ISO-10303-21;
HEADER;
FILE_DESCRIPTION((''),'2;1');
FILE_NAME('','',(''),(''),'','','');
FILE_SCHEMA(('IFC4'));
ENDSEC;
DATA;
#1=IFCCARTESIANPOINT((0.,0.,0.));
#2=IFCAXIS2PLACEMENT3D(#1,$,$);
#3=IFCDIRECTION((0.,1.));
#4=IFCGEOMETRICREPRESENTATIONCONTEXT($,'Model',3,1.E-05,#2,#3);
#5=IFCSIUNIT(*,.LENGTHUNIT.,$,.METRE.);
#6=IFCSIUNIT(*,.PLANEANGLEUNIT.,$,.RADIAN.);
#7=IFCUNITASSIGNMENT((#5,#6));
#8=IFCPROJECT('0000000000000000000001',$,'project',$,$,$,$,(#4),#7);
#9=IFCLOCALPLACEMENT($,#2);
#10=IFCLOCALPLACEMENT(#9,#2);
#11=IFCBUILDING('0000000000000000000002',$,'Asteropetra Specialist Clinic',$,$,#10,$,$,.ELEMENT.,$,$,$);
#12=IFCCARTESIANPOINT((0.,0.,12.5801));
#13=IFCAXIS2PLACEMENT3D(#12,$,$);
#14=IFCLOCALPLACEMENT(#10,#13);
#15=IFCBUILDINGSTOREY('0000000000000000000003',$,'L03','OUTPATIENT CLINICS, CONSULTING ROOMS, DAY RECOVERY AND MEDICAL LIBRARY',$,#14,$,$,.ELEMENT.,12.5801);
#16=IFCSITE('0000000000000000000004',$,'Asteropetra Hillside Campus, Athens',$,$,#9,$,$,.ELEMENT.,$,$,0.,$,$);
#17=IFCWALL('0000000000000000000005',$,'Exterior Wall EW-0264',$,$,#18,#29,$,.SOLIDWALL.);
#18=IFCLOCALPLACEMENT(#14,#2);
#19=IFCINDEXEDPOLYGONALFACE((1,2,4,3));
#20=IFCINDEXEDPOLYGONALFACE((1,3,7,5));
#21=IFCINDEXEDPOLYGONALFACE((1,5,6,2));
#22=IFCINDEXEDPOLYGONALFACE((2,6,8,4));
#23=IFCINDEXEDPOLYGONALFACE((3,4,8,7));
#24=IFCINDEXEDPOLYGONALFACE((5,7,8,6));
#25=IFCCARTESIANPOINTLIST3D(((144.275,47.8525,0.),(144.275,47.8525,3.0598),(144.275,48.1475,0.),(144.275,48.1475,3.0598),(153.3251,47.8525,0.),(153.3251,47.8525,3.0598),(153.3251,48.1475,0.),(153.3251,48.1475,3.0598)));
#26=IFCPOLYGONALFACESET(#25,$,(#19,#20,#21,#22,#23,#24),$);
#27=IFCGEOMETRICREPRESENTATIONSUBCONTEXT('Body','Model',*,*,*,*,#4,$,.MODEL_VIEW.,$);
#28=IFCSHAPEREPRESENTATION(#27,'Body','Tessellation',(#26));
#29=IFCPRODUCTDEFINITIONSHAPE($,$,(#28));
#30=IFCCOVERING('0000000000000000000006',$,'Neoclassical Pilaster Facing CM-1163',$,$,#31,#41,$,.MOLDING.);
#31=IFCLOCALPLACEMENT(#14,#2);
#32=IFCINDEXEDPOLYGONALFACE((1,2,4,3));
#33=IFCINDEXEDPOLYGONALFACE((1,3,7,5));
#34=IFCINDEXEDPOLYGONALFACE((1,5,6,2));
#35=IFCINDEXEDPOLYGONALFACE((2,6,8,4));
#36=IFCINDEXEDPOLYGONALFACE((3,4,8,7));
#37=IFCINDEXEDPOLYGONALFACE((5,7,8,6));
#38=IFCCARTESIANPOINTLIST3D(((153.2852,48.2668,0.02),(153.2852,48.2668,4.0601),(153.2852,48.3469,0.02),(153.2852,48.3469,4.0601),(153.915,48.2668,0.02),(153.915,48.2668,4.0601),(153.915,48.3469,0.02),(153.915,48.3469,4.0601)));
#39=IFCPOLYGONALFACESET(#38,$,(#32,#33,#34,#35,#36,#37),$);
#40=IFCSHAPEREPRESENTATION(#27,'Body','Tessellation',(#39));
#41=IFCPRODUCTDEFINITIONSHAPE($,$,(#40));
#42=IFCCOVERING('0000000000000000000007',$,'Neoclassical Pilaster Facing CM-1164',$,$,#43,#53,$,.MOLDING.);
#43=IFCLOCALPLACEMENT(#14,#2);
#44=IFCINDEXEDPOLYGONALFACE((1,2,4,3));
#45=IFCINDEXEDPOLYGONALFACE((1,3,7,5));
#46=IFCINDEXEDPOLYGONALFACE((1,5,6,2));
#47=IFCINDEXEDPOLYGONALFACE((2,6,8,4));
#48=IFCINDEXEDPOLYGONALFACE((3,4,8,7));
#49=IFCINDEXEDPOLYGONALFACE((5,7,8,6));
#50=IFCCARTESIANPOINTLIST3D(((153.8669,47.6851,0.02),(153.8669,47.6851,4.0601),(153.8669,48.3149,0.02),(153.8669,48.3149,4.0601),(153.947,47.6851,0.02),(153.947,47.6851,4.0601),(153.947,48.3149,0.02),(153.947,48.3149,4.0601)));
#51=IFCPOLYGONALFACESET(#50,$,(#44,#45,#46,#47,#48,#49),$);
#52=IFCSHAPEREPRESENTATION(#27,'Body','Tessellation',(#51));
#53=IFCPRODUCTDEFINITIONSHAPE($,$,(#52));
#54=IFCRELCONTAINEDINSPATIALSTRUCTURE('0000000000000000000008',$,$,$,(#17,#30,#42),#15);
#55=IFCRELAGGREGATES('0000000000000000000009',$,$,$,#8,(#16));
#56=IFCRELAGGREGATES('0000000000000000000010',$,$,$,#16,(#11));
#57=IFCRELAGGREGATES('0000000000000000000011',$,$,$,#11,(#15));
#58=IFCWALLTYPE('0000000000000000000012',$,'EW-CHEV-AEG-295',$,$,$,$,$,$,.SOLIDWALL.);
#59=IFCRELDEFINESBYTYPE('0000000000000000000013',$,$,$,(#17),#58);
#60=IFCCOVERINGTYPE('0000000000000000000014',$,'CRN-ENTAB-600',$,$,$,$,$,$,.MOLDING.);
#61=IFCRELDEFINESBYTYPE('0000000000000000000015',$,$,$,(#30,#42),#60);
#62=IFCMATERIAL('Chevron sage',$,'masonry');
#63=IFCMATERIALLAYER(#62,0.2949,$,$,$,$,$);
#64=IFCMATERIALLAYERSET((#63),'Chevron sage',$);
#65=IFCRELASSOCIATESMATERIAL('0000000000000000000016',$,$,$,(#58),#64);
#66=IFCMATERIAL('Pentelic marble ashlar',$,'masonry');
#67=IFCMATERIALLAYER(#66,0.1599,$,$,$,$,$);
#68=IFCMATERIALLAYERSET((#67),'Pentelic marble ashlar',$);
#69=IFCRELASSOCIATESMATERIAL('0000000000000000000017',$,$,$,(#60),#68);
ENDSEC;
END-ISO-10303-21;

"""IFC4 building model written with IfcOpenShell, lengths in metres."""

from ifc_helpers import new_model, si_unit, direction, frame, frame_2d, origin, origin_2d, place, context, subcontext, project, spatial, rectangle, extrude, material, layer, layer_set, type_object, element, save


model = new_model("IFC4")

# Units and contexts
model_context = context("Model", 3, precision=1e-05, world=origin(), true_north=direction((0.0, 1.0)))
body_context = subcontext(model_context, "Body", "Model", "MODEL_VIEW")
ifc_project = project(units=[si_unit("LENGTHUNIT", "METRE"), si_unit("PLANEANGLEUNIT", "RADIAN")], contexts=[model_context])

# Site, building, storey
site_placement = place(None, origin())
site = spatial("IfcSite", under=ifc_project, at=site_placement, Name="Asteropetra Hillside Campus, Athens", CompositionType="ELEMENT", RefElevation=0.0)
building_placement = place(site_placement, origin())
building = spatial("IfcBuilding", under=site, at=building_placement, Name="Asteropetra Specialist Clinic", CompositionType="ELEMENT")
storey_placement = place(building_placement, frame((0.0, 0.0, 12.5801)))
storey = spatial("IfcBuildingStorey", under=building, at=storey_placement, Name="L03", Description="OUTPATIENT CLINICS, CONSULTING ROOMS, DAY RECOVERY AND MEDICAL LIBRARY", CompositionType="ELEMENT", Elevation=12.5801)

# Wall
ifc_material_1 = material(Name="Chevron sage", Category="masonry")
ifc_layer_1 = layer(ifc_material_1, 0.2949)
ifc_layer_set_1 = layer_set([ifc_layer_1], Name="Chevron sage")
wall_type = type_object("IfcWallType", Name="EW-CHEV-AEG-295", PredefinedType="SOLIDWALL", material=ifc_layer_set_1)
wall_placement = place(storey_placement, frame((153.325, 48.0, 0.0), z_axis=(0.0, 0.0, 1.0), x_axis=(-1.0, 0.0, 0.0)))
element("IfcWall", 1, at=wall_placement, inside=storey, type_object=wall_type, Name="Exterior Wall EW-0264", PredefinedType="SOLIDWALL", context=body_context, shape_type="SweptSolid", body=[
    extrude(rectangle(XDim=9.05, YDim=0.2949, at=frame_2d((4.5249, 0.0))), origin(), (0.0, 0.0, 1.0), 3.0598),
])

# Coverings
ifc_material_2 = material(Name="Pentelic marble ashlar", Category="masonry")
ifc_layer_2 = layer(ifc_material_2, 0.1599)
ifc_layer_set_2 = layer_set([ifc_layer_2], Name="Pentelic marble ashlar")
covering_type = type_object("IfcCoveringType", Name="CRN-ENTAB-600", PredefinedType="MOLDING", material=ifc_layer_set_2)
covering_1_placement = place(storey_placement, frame((153.6001, 48.3069, 0.02), z_axis=(0.0, 0.0, 1.0), x_axis=(1.0, 0.0, 0.0)))
element("IfcCovering", 2, at=covering_1_placement, inside=storey, type_object=covering_type, Name="Neoclassical Pilaster Facing CM-1163", PredefinedType="MOLDING", context=body_context, shape_type="SweptSolid", body=[
    extrude(rectangle(XDim=0.6299, YDim=0.0801, at=origin_2d()), origin(), (0.0, 0.0, 1.0), 4.04),
])
covering_2_placement = place(storey_placement, frame((153.907, 48.0, 0.02), z_axis=(0.0, 0.0, 1.0), x_axis=(1.0, 0.0, 0.0)))
element("IfcCovering", 3, at=covering_2_placement, inside=storey, type_object=covering_type, Name="Neoclassical Pilaster Facing CM-1164", PredefinedType="MOLDING", context=body_context, shape_type="SweptSolid", body=[
    extrude(rectangle(XDim=0.0801, YDim=0.6299, at=origin_2d()), origin(), (0.0, 0.0, 1.0), 4.04),
])

save(model, "model.ifc")
